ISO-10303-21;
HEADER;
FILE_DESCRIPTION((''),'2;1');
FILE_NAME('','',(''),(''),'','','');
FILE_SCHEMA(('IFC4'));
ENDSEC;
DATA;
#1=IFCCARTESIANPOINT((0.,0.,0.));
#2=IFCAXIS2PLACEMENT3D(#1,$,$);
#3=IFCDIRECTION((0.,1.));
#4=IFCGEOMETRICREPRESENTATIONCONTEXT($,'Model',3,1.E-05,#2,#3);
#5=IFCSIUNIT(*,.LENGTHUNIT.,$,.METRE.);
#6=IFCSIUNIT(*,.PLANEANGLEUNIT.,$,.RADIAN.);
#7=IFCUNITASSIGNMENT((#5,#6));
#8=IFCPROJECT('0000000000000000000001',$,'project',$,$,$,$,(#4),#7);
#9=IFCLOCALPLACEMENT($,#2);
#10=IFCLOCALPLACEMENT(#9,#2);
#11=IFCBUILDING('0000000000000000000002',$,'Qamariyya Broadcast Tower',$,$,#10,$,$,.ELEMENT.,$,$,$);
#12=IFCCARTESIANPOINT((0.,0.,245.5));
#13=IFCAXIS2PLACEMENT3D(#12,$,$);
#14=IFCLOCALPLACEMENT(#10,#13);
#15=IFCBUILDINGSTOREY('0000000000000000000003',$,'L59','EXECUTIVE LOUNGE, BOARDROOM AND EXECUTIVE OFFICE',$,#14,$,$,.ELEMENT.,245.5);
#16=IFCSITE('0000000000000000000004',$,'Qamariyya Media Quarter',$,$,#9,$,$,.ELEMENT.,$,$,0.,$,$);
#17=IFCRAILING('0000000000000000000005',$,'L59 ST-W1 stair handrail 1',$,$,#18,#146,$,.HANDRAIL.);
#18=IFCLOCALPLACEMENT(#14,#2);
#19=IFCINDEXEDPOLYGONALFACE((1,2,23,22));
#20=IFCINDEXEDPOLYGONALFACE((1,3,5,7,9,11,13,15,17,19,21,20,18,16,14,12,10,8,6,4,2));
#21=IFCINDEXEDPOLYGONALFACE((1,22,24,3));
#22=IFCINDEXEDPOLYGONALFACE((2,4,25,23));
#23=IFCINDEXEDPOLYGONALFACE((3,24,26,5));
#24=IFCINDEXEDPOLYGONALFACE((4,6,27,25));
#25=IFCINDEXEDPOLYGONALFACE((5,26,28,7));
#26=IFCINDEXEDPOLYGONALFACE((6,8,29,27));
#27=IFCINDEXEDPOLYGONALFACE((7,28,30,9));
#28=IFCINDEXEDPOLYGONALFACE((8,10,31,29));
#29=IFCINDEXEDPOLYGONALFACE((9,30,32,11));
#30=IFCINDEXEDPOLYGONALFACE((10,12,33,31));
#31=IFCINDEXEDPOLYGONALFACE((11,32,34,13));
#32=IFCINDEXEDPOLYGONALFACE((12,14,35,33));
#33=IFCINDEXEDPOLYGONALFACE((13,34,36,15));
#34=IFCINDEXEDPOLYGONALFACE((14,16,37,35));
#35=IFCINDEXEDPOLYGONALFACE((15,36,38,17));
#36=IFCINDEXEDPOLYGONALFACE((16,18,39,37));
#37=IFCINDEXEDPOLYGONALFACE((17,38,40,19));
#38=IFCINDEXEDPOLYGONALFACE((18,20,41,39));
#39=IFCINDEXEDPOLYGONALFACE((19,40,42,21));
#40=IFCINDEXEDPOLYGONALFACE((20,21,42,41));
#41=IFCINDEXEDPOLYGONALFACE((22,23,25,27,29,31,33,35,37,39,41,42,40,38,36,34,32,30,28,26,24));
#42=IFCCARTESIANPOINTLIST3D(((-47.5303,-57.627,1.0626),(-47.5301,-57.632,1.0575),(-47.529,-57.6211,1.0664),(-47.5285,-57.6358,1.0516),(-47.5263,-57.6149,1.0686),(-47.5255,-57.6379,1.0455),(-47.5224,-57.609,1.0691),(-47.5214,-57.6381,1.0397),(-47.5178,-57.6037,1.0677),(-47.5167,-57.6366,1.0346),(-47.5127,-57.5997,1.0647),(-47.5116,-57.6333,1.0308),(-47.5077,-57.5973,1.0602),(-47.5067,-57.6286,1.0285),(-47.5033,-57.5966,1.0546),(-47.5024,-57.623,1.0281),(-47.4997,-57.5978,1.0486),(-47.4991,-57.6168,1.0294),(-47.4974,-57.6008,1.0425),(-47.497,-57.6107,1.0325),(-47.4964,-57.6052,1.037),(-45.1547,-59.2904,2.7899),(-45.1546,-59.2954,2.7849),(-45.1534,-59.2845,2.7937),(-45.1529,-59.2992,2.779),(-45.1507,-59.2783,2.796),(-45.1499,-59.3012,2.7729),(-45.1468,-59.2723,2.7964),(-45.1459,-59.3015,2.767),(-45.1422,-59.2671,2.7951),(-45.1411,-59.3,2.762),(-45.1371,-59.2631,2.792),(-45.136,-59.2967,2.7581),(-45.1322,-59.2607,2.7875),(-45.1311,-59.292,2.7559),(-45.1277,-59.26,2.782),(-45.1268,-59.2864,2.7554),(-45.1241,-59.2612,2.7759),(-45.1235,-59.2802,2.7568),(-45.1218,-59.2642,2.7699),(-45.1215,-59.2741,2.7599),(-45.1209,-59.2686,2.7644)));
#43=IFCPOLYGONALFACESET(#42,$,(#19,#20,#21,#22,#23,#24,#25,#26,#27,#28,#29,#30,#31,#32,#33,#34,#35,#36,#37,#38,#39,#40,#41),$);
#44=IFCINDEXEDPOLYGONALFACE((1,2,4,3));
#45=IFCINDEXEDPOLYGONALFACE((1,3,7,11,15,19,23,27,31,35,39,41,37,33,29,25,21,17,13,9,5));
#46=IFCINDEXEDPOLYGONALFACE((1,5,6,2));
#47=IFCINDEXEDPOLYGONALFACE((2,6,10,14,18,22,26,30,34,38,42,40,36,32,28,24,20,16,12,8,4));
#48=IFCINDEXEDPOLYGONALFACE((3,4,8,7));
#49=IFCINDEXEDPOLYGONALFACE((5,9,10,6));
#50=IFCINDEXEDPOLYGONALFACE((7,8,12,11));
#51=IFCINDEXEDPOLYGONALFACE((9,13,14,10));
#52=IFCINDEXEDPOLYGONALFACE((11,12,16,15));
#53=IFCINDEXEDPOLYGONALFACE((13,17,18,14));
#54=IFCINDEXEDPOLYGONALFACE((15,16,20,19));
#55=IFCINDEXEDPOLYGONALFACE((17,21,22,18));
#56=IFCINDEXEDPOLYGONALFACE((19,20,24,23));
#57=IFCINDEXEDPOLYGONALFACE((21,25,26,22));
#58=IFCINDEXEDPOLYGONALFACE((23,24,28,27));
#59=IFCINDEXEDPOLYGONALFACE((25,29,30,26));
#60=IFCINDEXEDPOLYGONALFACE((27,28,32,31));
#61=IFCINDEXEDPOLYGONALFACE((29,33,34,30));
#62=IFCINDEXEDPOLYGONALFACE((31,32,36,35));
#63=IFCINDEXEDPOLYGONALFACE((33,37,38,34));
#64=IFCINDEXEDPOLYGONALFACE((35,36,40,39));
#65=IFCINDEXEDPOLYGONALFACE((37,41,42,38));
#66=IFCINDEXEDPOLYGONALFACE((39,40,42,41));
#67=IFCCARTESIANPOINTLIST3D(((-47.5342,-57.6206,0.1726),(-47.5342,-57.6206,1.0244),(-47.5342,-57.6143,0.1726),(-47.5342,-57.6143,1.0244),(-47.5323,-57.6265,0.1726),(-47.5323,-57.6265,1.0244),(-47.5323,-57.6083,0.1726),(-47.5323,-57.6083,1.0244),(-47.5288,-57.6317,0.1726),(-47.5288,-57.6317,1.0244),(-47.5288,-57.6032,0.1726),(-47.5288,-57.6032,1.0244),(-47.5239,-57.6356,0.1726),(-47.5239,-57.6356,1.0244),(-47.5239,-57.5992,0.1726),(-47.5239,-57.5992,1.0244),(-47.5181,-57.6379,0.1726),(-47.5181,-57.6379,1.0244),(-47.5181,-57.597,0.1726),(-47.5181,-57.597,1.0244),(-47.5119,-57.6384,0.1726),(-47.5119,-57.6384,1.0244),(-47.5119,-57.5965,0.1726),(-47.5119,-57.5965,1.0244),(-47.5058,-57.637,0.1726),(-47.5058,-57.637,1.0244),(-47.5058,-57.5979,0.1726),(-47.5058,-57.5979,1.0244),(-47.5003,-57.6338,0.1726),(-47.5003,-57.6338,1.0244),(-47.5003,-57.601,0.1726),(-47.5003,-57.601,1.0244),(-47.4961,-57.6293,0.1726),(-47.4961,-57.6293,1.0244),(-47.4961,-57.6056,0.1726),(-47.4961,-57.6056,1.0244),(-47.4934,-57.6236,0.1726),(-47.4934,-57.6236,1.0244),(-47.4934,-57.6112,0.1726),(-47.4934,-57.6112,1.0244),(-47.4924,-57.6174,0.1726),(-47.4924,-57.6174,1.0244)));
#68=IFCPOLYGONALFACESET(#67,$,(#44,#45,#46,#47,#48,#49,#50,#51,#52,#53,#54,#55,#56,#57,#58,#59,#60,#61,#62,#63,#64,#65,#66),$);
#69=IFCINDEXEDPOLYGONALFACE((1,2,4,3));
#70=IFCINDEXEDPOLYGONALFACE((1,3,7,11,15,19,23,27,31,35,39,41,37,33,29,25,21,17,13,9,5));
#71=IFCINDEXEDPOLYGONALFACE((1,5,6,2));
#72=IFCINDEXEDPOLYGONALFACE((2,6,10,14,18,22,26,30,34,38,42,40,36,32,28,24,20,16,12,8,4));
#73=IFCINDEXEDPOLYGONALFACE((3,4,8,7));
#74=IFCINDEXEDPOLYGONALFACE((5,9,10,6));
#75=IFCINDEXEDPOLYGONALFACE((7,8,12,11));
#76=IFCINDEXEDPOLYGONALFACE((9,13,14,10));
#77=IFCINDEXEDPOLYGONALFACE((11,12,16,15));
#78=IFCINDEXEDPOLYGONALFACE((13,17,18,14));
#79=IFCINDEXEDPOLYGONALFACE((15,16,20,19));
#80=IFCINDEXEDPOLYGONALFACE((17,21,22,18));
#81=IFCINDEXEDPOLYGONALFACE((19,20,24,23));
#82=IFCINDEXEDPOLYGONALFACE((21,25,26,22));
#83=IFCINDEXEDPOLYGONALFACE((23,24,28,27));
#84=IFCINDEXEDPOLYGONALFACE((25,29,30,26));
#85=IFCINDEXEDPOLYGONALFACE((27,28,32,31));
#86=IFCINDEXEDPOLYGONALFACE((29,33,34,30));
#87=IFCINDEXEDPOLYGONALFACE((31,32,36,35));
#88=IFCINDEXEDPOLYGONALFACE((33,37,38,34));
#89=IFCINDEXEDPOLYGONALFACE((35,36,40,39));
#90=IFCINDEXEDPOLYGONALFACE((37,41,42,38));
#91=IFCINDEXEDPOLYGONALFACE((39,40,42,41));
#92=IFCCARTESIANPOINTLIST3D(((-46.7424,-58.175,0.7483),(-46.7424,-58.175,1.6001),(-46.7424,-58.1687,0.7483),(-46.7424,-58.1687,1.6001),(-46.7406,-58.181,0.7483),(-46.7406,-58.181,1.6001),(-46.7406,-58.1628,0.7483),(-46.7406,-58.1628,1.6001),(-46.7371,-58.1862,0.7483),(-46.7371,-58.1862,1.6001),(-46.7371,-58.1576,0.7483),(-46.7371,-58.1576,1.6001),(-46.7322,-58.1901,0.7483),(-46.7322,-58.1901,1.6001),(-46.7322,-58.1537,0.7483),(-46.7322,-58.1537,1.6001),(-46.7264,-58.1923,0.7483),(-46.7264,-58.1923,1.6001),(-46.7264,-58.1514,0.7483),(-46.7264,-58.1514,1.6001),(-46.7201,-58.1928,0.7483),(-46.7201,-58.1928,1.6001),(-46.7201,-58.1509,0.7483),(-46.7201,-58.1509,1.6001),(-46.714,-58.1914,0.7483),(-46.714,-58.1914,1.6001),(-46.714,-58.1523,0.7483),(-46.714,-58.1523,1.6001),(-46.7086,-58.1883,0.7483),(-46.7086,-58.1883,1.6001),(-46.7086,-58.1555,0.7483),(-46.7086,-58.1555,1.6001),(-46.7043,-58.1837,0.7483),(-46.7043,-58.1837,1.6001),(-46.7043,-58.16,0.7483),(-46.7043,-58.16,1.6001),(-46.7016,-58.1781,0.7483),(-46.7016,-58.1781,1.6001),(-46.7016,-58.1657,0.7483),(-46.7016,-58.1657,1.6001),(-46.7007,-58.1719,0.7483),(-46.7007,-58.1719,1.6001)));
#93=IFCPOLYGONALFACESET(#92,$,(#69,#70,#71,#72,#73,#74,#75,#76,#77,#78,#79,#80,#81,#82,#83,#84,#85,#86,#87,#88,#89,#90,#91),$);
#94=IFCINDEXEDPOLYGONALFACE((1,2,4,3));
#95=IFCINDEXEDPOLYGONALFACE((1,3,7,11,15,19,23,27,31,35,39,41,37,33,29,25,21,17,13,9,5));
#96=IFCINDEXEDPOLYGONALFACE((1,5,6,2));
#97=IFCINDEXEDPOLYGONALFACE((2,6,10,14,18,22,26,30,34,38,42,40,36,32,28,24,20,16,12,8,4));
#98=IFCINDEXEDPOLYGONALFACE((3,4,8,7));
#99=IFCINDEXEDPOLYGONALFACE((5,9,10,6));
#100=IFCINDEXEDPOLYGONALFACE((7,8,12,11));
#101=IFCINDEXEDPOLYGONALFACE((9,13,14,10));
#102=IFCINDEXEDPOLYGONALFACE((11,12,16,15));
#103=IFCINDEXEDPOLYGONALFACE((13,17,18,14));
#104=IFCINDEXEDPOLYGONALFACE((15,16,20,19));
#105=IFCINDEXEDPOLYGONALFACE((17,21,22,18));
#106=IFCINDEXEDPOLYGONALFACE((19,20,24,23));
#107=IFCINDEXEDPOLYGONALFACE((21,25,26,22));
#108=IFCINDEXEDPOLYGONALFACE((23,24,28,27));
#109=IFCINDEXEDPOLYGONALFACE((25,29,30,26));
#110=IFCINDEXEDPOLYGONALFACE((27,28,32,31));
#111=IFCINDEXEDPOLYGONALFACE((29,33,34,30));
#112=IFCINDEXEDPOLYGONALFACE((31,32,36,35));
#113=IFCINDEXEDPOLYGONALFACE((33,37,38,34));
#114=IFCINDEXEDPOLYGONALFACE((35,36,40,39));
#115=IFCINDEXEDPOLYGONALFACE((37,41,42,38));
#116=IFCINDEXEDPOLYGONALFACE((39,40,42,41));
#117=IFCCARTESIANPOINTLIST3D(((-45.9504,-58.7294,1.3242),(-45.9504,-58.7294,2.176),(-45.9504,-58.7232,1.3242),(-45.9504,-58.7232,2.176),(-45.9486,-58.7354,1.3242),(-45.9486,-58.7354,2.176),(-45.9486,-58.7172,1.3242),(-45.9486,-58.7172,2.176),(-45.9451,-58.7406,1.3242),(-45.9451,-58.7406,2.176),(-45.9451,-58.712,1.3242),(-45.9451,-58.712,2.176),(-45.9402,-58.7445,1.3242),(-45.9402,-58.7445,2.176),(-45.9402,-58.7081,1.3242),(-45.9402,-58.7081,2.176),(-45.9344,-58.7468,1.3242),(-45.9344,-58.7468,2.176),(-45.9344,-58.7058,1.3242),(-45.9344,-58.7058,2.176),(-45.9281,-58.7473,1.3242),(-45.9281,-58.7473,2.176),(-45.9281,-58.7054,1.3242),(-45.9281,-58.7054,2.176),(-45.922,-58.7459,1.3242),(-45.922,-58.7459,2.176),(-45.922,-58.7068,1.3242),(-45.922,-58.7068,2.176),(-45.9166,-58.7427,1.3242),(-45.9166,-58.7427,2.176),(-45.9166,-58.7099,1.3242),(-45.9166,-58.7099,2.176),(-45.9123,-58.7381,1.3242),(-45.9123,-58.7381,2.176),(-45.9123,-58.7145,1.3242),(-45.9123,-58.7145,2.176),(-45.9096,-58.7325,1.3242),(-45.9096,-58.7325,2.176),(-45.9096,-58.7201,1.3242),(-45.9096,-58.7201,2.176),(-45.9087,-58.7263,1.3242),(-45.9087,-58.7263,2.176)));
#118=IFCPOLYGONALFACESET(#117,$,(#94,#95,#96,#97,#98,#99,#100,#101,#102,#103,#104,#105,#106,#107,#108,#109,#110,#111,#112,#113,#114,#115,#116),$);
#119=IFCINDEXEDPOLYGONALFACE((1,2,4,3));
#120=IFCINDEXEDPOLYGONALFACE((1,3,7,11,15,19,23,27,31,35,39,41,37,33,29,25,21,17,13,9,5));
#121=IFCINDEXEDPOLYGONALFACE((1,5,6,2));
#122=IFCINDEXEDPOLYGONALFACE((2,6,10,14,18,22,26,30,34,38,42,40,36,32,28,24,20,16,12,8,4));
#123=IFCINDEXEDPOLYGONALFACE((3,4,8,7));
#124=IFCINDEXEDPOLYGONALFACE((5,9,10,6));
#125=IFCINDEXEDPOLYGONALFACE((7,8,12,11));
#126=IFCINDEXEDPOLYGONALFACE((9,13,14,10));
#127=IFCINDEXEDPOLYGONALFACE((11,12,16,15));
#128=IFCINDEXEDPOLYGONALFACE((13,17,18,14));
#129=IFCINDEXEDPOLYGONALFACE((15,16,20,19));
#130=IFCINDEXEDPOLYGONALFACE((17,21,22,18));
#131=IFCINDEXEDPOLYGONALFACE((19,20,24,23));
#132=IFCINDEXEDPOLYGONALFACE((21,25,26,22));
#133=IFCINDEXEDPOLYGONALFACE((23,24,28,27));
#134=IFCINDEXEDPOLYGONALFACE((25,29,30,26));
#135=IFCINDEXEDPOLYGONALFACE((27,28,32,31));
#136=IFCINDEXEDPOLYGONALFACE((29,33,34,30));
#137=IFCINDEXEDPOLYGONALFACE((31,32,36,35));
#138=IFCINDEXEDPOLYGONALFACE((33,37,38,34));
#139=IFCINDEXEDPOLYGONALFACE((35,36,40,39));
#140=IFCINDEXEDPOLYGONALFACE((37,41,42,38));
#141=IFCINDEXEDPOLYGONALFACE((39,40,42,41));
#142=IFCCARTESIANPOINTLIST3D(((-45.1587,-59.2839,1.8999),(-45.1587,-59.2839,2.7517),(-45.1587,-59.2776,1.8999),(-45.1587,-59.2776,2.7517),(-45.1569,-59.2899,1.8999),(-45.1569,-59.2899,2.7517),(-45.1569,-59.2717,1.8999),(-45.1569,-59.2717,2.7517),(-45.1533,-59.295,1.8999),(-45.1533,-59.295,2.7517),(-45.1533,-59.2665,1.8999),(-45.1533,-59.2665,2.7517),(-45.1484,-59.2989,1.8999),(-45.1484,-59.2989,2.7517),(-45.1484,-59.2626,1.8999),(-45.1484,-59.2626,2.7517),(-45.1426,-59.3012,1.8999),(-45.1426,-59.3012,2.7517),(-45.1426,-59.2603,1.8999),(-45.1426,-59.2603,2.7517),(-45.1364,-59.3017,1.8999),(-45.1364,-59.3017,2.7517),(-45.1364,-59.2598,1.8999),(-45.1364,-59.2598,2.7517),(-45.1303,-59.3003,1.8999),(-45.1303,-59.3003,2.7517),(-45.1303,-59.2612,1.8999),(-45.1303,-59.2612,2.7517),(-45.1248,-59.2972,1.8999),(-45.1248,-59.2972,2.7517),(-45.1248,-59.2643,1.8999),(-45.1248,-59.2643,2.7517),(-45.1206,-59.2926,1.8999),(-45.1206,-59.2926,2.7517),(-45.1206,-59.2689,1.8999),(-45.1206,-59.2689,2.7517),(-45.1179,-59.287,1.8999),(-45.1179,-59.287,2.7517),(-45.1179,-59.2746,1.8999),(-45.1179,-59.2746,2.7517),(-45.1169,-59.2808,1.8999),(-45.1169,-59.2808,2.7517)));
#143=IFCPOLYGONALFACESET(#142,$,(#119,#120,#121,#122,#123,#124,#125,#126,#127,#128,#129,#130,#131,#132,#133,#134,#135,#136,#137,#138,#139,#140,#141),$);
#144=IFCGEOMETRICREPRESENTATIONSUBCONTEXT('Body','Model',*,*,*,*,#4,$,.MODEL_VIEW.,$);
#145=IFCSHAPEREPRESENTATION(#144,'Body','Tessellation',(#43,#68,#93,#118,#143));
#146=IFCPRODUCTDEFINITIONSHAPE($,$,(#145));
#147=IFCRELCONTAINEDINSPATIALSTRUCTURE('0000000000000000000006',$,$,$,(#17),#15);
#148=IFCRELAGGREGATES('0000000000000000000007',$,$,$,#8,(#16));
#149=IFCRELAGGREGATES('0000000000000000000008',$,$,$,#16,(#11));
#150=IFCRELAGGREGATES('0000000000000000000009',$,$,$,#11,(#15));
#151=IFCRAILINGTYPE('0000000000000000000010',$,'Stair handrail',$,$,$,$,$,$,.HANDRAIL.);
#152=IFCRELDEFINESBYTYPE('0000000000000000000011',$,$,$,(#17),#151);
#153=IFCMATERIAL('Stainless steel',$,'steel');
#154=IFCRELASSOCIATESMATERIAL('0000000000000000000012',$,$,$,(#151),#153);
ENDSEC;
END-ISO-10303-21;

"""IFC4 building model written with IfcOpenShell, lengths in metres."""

from ifc_helpers import new_model, si_unit, direction, frame, origin, origin_2d, place, context, subcontext, project, spatial, circle, extrude, material, type_object, element, save


model = new_model("IFC4")

# Units and contexts
model_context = context("Model", 3, precision=1e-05, world=origin(), true_north=direction((0.0, 1.0)))
body_context = subcontext(model_context, "Body", "Model", "MODEL_VIEW")
ifc_project = project(units=[si_unit("LENGTHUNIT", "METRE"), si_unit("PLANEANGLEUNIT", "RADIAN")], contexts=[model_context])

# Site, building, storey
site_placement = place(None, origin())
site = spatial("IfcSite", under=ifc_project, at=site_placement, Name="Qamariyya Media Quarter", CompositionType="ELEMENT", RefElevation=0.0)
building_placement = place(site_placement, origin())
building = spatial("IfcBuilding", under=site, at=building_placement, Name="Qamariyya Broadcast Tower", CompositionType="ELEMENT")
storey_placement = place(building_placement, frame((0.0, 0.0, 245.5)))
storey = spatial("IfcBuildingStorey", under=building, at=storey_placement, Name="L59", Description="EXECUTIVE LOUNGE, BOARDROOM AND EXECUTIVE OFFICE", CompositionType="ELEMENT", Elevation=245.5)

# Railing
ifc_material_1 = material(Name="Stainless steel", Category="steel")
railing_type_1 = type_object("IfcRailingType", Name="Stair handrail", PredefinedType="HANDRAIL", material=ifc_material_1)
railing_1_placement = place(storey_placement, frame((-47.5134, -57.6174, 0.1726)))
element("IfcRailing", 1, at=railing_1_placement, inside=storey, type_object=railing_type_1, Name="L59 ST-W1 stair handrail 1", PredefinedType="HANDRAIL", context=body_context, shape_type="SweptSolid", body=[
    extrude(circle(Radius=0.0239, at=origin_2d()), frame((0.0, 0.0, 0.876), z_axis=(0.70377, -0.492784, 0.511734), x_axis=(0.573575, 0.819153, 0.0)), (0.0, 0.0, 1.0), 3.3755),
    extrude(circle(Radius=0.021, at=origin_2d()), origin(), (0.0, 0.0, 1.0), 0.8518),
    extrude(circle(Radius=0.021, at=origin_2d()), frame((0.7917, -0.5544, 0.5757)), (0.0, 0.0, 1.0), 0.8518),
    extrude(circle(Radius=0.021, at=origin_2d()), frame((1.5837, -1.1089, 1.1516)), (0.0, 0.0, 1.0), 0.8518),
    extrude(circle(Radius=0.021, at=origin_2d()), frame((2.3755, -1.6633, 1.7273)), (0.0, 0.0, 1.0), 0.8518),
])

save(model, "model.ifc")
